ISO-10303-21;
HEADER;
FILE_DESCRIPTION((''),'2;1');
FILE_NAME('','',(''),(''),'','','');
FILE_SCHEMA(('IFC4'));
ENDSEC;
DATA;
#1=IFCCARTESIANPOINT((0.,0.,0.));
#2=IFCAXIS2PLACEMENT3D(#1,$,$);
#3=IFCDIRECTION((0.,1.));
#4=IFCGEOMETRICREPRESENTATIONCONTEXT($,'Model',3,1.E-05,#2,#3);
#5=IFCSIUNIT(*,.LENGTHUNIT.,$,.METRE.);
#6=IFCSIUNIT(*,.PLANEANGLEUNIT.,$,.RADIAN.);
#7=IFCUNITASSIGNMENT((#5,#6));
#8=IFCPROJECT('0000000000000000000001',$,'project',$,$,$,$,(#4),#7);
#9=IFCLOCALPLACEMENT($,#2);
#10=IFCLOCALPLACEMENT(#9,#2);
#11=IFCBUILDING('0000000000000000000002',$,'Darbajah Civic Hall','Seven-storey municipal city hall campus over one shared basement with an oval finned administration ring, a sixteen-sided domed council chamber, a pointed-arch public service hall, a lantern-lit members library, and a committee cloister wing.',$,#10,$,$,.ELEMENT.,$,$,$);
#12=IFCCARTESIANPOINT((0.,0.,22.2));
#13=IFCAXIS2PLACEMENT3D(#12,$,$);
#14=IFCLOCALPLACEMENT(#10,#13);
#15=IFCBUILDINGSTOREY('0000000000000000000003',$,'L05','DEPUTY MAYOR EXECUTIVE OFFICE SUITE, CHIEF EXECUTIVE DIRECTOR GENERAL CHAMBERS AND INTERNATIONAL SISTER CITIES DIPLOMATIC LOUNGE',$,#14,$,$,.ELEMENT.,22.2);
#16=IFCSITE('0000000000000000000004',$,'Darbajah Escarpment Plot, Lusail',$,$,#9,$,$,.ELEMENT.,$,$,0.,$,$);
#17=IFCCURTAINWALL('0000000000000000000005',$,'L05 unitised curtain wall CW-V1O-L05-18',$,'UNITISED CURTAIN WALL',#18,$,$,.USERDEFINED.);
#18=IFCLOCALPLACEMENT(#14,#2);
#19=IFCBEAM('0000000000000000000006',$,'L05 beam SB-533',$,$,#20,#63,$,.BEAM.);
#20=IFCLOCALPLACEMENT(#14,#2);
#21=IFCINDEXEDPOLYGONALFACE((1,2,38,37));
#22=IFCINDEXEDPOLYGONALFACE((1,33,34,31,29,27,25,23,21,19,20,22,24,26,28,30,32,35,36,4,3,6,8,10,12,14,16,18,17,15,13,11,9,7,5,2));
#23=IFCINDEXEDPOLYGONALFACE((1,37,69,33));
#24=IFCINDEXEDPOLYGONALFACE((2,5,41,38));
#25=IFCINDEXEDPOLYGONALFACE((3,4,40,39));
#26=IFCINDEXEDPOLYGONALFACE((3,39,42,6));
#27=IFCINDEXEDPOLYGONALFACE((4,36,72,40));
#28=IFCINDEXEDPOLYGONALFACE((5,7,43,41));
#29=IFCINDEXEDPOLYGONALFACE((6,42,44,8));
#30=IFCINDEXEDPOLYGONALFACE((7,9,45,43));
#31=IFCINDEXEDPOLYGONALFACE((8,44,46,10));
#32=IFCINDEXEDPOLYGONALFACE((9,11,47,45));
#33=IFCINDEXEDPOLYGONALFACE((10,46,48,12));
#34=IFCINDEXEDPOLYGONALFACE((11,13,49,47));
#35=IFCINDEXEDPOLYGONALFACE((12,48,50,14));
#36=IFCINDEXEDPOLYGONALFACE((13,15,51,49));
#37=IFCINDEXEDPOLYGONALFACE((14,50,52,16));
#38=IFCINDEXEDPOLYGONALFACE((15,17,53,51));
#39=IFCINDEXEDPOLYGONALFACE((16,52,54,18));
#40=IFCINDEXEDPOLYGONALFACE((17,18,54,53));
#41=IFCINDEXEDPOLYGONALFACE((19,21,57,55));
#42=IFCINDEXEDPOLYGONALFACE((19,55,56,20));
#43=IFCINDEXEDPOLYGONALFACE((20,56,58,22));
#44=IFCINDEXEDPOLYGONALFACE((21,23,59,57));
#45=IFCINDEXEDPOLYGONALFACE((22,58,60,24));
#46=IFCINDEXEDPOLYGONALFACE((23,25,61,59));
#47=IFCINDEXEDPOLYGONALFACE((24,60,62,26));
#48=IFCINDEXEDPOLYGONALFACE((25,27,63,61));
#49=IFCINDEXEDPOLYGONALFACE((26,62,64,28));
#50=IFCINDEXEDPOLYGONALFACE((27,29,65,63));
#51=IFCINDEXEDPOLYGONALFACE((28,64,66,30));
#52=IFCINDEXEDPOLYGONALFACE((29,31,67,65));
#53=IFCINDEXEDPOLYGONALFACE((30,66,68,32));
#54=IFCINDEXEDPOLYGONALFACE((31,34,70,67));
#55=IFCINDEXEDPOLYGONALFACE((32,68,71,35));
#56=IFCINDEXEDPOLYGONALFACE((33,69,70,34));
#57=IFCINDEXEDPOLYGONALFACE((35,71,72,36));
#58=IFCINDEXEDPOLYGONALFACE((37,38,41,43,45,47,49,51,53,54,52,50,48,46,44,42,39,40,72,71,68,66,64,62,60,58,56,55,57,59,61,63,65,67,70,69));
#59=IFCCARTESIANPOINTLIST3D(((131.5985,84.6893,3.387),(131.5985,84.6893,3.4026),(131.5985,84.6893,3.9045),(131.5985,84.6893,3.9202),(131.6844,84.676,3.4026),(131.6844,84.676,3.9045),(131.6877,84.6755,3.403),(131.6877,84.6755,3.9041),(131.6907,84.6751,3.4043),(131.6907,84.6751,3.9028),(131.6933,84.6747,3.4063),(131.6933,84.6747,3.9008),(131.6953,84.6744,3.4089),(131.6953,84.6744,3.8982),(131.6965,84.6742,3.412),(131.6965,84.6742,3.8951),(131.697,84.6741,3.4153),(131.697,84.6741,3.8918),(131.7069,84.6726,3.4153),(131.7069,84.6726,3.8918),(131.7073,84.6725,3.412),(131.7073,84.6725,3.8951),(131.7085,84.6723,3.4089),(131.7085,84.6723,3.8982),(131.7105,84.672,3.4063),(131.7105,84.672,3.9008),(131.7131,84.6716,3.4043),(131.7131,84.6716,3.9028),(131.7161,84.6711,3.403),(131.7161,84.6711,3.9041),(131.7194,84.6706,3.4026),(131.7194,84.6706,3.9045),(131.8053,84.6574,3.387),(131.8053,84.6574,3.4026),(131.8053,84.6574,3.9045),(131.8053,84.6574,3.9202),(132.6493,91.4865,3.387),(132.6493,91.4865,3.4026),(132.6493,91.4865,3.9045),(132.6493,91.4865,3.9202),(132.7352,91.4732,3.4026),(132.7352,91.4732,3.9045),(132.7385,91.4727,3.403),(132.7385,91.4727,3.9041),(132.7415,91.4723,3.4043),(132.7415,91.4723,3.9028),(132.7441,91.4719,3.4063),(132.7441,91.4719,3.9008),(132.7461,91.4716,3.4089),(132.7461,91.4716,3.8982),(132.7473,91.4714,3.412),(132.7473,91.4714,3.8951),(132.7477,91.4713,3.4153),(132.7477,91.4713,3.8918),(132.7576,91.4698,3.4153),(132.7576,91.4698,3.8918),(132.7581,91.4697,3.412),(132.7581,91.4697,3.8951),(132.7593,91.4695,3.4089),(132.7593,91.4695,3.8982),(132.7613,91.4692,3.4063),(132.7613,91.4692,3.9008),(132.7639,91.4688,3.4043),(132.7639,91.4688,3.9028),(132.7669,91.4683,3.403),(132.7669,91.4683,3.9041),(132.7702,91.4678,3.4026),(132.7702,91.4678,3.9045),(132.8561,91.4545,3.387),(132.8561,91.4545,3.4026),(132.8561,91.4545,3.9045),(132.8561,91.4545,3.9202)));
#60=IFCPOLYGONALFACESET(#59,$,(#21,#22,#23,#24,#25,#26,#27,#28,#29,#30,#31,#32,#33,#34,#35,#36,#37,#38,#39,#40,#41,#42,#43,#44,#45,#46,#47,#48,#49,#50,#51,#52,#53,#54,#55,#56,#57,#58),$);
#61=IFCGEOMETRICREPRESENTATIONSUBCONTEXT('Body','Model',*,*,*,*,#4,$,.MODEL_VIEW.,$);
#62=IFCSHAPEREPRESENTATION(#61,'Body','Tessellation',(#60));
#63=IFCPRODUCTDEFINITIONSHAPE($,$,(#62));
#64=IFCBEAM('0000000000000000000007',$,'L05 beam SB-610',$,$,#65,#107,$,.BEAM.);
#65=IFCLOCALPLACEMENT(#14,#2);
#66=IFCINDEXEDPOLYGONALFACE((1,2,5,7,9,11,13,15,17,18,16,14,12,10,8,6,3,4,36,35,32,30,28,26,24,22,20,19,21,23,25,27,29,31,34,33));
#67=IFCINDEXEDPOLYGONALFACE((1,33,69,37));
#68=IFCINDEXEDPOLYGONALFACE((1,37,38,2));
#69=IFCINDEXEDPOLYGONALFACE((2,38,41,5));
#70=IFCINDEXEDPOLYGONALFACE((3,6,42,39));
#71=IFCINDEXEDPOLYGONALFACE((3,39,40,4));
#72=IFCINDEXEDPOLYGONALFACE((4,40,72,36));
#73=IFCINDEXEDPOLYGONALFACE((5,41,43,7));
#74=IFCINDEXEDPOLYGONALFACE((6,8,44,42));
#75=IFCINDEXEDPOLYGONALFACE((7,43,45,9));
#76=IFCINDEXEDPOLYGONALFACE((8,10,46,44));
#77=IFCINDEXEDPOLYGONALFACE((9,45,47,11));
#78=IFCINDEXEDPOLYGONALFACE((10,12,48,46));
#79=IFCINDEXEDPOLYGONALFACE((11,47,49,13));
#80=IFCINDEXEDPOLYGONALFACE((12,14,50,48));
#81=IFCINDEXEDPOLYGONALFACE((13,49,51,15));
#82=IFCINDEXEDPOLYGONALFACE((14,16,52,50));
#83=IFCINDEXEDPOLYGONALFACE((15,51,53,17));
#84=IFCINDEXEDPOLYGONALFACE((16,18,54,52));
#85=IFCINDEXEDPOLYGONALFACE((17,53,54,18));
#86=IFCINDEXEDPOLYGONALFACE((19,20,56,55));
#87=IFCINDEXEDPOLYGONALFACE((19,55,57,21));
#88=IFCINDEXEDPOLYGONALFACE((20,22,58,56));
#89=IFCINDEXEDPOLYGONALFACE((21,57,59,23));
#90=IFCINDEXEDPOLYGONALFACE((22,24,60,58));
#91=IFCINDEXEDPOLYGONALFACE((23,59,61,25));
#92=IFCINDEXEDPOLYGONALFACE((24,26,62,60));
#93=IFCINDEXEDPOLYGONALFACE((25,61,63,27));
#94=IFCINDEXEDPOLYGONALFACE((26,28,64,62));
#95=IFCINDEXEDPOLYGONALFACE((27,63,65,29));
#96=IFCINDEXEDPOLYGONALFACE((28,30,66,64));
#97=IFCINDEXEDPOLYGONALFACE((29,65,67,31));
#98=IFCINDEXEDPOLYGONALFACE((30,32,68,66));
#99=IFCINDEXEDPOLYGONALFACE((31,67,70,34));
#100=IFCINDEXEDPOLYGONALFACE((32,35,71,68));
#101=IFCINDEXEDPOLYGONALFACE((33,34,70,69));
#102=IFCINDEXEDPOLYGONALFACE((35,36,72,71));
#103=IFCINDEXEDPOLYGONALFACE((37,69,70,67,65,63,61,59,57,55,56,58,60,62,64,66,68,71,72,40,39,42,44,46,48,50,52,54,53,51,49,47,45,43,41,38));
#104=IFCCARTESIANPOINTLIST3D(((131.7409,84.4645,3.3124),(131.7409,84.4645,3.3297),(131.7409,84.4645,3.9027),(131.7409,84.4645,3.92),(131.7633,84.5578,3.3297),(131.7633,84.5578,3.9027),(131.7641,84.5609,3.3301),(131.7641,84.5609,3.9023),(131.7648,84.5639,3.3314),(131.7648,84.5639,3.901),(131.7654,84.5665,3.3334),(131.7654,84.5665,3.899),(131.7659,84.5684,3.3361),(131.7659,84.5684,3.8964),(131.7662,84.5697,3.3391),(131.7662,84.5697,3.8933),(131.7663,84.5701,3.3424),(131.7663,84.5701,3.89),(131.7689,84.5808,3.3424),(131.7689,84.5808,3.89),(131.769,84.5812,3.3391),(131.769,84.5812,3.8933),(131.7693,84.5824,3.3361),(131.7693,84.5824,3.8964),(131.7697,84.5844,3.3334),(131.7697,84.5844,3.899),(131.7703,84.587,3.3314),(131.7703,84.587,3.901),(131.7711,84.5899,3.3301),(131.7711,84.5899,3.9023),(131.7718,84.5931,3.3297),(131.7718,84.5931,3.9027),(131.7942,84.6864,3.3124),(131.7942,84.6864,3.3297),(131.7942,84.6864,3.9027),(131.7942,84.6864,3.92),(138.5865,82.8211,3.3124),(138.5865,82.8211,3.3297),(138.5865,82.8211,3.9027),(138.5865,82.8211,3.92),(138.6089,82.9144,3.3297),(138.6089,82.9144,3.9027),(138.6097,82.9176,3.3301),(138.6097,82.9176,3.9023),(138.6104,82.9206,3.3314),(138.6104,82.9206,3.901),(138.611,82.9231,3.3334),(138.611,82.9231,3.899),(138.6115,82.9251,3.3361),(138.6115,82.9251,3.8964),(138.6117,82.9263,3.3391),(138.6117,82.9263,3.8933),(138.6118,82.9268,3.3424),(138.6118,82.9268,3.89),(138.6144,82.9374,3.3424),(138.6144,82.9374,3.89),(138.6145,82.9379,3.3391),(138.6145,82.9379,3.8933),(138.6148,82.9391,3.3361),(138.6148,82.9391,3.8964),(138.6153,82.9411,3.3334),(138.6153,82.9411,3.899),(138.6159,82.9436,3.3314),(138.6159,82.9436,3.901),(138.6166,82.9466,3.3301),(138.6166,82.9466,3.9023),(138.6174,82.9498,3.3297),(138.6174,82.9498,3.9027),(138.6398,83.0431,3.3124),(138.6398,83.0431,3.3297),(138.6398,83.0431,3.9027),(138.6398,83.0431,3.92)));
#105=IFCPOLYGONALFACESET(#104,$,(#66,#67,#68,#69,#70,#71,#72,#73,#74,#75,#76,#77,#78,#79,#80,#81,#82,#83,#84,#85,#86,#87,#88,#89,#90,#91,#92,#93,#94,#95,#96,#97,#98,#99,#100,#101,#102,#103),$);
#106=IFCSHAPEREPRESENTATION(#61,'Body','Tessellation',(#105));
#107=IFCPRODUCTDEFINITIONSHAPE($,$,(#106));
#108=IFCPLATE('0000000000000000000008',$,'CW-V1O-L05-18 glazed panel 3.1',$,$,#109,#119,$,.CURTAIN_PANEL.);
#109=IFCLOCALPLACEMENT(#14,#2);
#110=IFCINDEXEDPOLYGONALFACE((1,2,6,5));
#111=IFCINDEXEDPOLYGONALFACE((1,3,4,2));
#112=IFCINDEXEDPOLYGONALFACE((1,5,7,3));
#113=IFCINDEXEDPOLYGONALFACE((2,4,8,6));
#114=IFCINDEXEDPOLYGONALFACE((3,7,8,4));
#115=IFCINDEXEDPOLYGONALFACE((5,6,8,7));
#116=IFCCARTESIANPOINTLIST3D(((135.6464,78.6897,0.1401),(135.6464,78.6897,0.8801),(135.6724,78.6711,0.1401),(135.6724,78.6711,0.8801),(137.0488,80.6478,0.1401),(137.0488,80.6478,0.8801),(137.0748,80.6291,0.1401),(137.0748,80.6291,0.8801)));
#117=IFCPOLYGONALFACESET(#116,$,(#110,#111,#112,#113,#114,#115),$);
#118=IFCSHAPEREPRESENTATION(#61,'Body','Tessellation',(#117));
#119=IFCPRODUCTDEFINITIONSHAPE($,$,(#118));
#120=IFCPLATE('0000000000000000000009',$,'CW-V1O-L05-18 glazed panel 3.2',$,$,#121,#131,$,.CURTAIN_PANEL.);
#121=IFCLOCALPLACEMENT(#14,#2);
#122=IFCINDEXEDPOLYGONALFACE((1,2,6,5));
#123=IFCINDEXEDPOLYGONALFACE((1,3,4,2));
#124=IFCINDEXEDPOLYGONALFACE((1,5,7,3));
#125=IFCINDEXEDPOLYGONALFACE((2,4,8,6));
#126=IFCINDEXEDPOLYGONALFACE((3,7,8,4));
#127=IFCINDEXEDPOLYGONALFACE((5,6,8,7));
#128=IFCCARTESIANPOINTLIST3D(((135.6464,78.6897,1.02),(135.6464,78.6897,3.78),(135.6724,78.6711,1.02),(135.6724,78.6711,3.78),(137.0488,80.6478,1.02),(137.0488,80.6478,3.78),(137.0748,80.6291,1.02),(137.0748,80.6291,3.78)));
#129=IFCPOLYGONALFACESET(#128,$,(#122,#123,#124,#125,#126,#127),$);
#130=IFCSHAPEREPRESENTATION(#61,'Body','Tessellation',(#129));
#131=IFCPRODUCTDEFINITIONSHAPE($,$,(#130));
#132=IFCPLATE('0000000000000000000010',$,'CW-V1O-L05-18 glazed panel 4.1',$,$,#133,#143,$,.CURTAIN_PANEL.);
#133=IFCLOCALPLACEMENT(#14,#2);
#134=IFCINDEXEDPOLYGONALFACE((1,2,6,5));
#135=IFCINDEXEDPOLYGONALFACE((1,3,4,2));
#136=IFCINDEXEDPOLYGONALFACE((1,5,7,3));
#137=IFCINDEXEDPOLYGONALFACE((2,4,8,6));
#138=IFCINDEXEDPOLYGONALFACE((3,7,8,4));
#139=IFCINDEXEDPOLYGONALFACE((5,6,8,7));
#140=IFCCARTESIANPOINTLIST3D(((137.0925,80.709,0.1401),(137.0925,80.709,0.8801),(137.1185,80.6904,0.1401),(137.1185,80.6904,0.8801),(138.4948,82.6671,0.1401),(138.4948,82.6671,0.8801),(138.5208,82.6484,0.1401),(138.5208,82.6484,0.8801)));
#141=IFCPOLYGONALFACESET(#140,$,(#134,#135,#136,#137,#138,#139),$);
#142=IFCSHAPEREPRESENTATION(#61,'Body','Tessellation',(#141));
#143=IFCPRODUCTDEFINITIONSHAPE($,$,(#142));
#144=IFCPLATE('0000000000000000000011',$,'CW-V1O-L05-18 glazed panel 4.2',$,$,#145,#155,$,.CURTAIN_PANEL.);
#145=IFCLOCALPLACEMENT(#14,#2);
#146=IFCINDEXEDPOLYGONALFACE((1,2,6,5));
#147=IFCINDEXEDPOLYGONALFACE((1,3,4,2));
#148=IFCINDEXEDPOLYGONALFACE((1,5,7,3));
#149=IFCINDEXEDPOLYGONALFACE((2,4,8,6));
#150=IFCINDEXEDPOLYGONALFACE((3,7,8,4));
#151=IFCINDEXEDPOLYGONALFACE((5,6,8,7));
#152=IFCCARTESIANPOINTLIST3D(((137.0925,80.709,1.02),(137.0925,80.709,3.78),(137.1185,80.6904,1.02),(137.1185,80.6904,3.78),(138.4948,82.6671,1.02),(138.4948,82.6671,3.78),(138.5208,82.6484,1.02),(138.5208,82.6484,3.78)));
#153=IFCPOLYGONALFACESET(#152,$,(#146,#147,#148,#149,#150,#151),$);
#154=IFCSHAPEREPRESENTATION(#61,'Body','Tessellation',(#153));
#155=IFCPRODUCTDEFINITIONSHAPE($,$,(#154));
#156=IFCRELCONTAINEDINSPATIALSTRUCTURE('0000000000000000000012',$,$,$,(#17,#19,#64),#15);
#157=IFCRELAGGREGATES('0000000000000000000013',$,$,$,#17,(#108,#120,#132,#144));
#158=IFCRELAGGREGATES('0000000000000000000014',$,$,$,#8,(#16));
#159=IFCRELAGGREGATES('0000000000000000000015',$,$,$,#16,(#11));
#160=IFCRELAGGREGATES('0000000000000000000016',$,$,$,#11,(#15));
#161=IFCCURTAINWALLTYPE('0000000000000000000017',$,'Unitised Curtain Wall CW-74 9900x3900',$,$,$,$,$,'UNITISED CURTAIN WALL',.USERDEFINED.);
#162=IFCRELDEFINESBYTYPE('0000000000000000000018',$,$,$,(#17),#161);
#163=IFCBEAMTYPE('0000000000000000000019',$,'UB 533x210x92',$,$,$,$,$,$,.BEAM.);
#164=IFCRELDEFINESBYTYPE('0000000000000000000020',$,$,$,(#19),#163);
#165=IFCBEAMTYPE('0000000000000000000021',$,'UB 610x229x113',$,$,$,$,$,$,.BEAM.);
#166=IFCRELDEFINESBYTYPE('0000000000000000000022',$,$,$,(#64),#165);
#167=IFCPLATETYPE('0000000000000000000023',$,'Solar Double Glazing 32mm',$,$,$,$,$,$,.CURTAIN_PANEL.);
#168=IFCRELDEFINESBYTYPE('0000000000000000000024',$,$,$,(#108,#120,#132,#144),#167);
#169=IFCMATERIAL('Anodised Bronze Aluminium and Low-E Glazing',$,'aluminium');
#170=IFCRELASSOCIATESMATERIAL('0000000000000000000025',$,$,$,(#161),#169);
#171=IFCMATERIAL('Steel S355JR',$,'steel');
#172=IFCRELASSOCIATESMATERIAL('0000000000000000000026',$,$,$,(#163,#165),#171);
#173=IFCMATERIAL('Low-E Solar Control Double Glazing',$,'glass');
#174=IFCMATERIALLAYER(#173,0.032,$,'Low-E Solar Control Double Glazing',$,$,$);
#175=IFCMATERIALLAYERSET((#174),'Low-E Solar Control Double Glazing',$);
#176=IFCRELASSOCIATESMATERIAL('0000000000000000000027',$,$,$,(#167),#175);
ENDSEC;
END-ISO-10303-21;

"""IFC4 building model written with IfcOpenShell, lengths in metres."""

from ifc_helpers import new_model, si_unit, direction, frame, origin, origin_2d, place, context, subcontext, project, spatial, rectangle, i_section, extrude, material, layer, layer_set, material_profile, profile_set, type_object, element, aggregate, save


model = new_model("IFC4")

# Units and contexts
model_context = context("Model", 3, precision=1e-05, world=origin(), true_north=direction((0.0, 1.0)))
body_context = subcontext(model_context, "Body", "Model", "MODEL_VIEW")
ifc_project = project(units=[si_unit("LENGTHUNIT", "METRE"), si_unit("PLANEANGLEUNIT", "RADIAN")], contexts=[model_context])

# Site, building, storey
site_placement = place(None, origin())
site = spatial("IfcSite", under=ifc_project, at=site_placement, Name="Darbajah Escarpment Plot, Lusail", CompositionType="ELEMENT", RefElevation=0.0)
building_placement = place(site_placement, origin())
building = spatial("IfcBuilding", under=site, at=building_placement, Name="Darbajah Civic Hall", Description="Seven-storey municipal city hall campus over one shared basement with an oval finned administration ring, a sixteen-sided domed council chamber, a pointed-arch public service hall, a lantern-lit members library, and a committee cloister wing.", CompositionType="ELEMENT")
storey_placement = place(building_placement, frame((0.0, 0.0, 22.2)))
storey = spatial("IfcBuildingStorey", under=building, at=storey_placement, Name="L05", Description="DEPUTY MAYOR EXECUTIVE OFFICE SUITE, CHIEF EXECUTIVE DIRECTOR GENERAL CHAMBERS AND INTERNATIONAL SISTER CITIES DIPLOMATIC LOUNGE", CompositionType="ELEMENT", Elevation=22.2)

# Curtain wall
ifc_material_1 = material(Name="Anodised Bronze Aluminium and Low-E Glazing", Category="aluminium")
curtain_wall_type = type_object("IfcCurtainWallType", Name="Unitised Curtain Wall CW-74 9900x3900", ElementType="UNITISED CURTAIN WALL", PredefinedType="USERDEFINED", material=ifc_material_1)
curtain_wall_placement = place(storey_placement, origin())
curtain_wall = element("IfcCurtainWall", 1, at=curtain_wall_placement, inside=storey, type_object=curtain_wall_type, Name="L05 unitised curtain wall CW-V1O-L05-18", ObjectType="UNITISED CURTAIN WALL", PredefinedType="USERDEFINED")

# Beams
ifc_material_2 = material(Name="Steel S355JR", Category="steel")
ifc_material_profile_1 = material_profile(ifc_material_2, i_section(OverallWidth=0.2092, OverallDepth=0.5332, WebThickness=0.01, FlangeThickness=0.0156, FilletRadius=0.0127, at=origin_2d()), Name="UB 533x210x92")
ifc_profile_set_1 = profile_set([ifc_material_profile_1], Name="Steel S355JR")
beam_type_1 = type_object("IfcBeamType", Name="UB 533x210x92", PredefinedType="BEAM", material=ifc_profile_set_1)
beam_1_placement = place(storey_placement, frame((131.7019, 84.6733, 3.6536), z_axis=(0.152777, 0.988261, 0.0), x_axis=(-0.988261, 0.152777, 0.0)))
element("IfcBeam", 2, at=beam_1_placement, inside=storey, type_object=beam_type_1, Name="L05 beam SB-533", PredefinedType="BEAM", context=body_context, shape_type="SweptSolid", body=[
    extrude(i_section(OverallWidth=0.2092, OverallDepth=0.5332, WebThickness=0.01, FlangeThickness=0.0156, FilletRadius=0.0127, at=origin_2d()), origin(), (0.0, 0.0, 1.0), 6.8779),
])
ifc_material_profile_2 = material_profile(ifc_material_2, i_section(OverallWidth=0.2283, OverallDepth=0.6077, WebThickness=0.011, FlangeThickness=0.0173, FilletRadius=0.0127, at=origin_2d()), Name="UB 610x229x113")
ifc_profile_set_2 = profile_set([ifc_material_profile_2], Name="Steel S355JR")
beam_type_2 = type_object("IfcBeamType", Name="UB 610x229x113", PredefinedType="BEAM", material=ifc_profile_set_2)
beam_2_placement = place(storey_placement, frame((131.7676, 84.5754, 3.6162), z_axis=(0.972374, -0.233427, 0.0), x_axis=(0.233427, 0.972374, 0.0)))
element("IfcBeam", 3, at=beam_2_placement, inside=storey, type_object=beam_type_2, Name="L05 beam SB-610", PredefinedType="BEAM", context=body_context, shape_type="SweptSolid", body=[
    extrude(i_section(OverallWidth=0.2283, OverallDepth=0.6077, WebThickness=0.011, FlangeThickness=0.0173, FilletRadius=0.0127, at=origin_2d()), origin(), (0.0, 0.0, 1.0), 7.04),
])

# Plates
ifc_material_3 = material(Name="Low-E Solar Control Double Glazing", Category="glass")
ifc_layer_1 = layer(ifc_material_3, 0.032, Name="Low-E Solar Control Double Glazing")
ifc_layer_set_1 = layer_set([ifc_layer_1], Name="Low-E Solar Control Double Glazing")
plate_type = type_object("IfcPlateType", Name="Solar Double Glazing 32mm", PredefinedType="CURTAIN_PANEL", material=ifc_layer_set_1)
plate_1_placement = place(storey_placement, frame((136.3606, 79.6594, 0.1401), z_axis=(0.0, 0.0, 1.0), x_axis=(0.582265, 0.812999, 0.0)))
plate_1 = element("IfcPlate", 4, at=plate_1_placement, type_object=plate_type, Name="CW-V1O-L05-18 glazed panel 3.1", PredefinedType="CURTAIN_PANEL", context=body_context, shape_type="SweptSolid", body=[
    extrude(rectangle(XDim=2.4084, YDim=0.032, at=origin_2d()), origin(), (0.0, 0.0, 1.0), 0.74),
])
plate_2_placement = place(storey_placement, frame((136.3606, 79.6594, 1.02), z_axis=(0.0, 0.0, 1.0), x_axis=(0.582265, 0.812999, 0.0)))
plate_2 = element("IfcPlate", 5, at=plate_2_placement, type_object=plate_type, Name="CW-V1O-L05-18 glazed panel 3.2", PredefinedType="CURTAIN_PANEL", context=body_context, shape_type="SweptSolid", body=[
    extrude(rectangle(XDim=2.4084, YDim=0.032, at=origin_2d()), origin(), (0.0, 0.0, 1.0), 2.76),
])
plate_3_placement = place(storey_placement, frame((137.8066, 81.6787, 0.1401), z_axis=(0.0, 0.0, 1.0), x_axis=(0.582265, 0.812999, 0.0)))
plate_3 = element("IfcPlate", 6, at=plate_3_placement, type_object=plate_type, Name="CW-V1O-L05-18 glazed panel 4.1", PredefinedType="CURTAIN_PANEL", context=body_context, shape_type="SweptSolid", body=[
    extrude(rectangle(XDim=2.4084, YDim=0.032, at=origin_2d()), origin(), (0.0, 0.0, 1.0), 0.74),
])
plate_4_placement = place(storey_placement, frame((137.8066, 81.6787, 1.02), z_axis=(0.0, 0.0, 1.0), x_axis=(0.582265, 0.812999, 0.0)))
plate_4 = element("IfcPlate", 7, at=plate_4_placement, type_object=plate_type, Name="CW-V1O-L05-18 glazed panel 4.2", PredefinedType="CURTAIN_PANEL", context=body_context, shape_type="SweptSolid", body=[
    extrude(rectangle(XDim=2.4084, YDim=0.032, at=origin_2d()), origin(), (0.0, 0.0, 1.0), 2.76),
])
aggregate(curtain_wall, [plate_1, plate_2, plate_3, plate_4])

save(model, "model.ifc")
